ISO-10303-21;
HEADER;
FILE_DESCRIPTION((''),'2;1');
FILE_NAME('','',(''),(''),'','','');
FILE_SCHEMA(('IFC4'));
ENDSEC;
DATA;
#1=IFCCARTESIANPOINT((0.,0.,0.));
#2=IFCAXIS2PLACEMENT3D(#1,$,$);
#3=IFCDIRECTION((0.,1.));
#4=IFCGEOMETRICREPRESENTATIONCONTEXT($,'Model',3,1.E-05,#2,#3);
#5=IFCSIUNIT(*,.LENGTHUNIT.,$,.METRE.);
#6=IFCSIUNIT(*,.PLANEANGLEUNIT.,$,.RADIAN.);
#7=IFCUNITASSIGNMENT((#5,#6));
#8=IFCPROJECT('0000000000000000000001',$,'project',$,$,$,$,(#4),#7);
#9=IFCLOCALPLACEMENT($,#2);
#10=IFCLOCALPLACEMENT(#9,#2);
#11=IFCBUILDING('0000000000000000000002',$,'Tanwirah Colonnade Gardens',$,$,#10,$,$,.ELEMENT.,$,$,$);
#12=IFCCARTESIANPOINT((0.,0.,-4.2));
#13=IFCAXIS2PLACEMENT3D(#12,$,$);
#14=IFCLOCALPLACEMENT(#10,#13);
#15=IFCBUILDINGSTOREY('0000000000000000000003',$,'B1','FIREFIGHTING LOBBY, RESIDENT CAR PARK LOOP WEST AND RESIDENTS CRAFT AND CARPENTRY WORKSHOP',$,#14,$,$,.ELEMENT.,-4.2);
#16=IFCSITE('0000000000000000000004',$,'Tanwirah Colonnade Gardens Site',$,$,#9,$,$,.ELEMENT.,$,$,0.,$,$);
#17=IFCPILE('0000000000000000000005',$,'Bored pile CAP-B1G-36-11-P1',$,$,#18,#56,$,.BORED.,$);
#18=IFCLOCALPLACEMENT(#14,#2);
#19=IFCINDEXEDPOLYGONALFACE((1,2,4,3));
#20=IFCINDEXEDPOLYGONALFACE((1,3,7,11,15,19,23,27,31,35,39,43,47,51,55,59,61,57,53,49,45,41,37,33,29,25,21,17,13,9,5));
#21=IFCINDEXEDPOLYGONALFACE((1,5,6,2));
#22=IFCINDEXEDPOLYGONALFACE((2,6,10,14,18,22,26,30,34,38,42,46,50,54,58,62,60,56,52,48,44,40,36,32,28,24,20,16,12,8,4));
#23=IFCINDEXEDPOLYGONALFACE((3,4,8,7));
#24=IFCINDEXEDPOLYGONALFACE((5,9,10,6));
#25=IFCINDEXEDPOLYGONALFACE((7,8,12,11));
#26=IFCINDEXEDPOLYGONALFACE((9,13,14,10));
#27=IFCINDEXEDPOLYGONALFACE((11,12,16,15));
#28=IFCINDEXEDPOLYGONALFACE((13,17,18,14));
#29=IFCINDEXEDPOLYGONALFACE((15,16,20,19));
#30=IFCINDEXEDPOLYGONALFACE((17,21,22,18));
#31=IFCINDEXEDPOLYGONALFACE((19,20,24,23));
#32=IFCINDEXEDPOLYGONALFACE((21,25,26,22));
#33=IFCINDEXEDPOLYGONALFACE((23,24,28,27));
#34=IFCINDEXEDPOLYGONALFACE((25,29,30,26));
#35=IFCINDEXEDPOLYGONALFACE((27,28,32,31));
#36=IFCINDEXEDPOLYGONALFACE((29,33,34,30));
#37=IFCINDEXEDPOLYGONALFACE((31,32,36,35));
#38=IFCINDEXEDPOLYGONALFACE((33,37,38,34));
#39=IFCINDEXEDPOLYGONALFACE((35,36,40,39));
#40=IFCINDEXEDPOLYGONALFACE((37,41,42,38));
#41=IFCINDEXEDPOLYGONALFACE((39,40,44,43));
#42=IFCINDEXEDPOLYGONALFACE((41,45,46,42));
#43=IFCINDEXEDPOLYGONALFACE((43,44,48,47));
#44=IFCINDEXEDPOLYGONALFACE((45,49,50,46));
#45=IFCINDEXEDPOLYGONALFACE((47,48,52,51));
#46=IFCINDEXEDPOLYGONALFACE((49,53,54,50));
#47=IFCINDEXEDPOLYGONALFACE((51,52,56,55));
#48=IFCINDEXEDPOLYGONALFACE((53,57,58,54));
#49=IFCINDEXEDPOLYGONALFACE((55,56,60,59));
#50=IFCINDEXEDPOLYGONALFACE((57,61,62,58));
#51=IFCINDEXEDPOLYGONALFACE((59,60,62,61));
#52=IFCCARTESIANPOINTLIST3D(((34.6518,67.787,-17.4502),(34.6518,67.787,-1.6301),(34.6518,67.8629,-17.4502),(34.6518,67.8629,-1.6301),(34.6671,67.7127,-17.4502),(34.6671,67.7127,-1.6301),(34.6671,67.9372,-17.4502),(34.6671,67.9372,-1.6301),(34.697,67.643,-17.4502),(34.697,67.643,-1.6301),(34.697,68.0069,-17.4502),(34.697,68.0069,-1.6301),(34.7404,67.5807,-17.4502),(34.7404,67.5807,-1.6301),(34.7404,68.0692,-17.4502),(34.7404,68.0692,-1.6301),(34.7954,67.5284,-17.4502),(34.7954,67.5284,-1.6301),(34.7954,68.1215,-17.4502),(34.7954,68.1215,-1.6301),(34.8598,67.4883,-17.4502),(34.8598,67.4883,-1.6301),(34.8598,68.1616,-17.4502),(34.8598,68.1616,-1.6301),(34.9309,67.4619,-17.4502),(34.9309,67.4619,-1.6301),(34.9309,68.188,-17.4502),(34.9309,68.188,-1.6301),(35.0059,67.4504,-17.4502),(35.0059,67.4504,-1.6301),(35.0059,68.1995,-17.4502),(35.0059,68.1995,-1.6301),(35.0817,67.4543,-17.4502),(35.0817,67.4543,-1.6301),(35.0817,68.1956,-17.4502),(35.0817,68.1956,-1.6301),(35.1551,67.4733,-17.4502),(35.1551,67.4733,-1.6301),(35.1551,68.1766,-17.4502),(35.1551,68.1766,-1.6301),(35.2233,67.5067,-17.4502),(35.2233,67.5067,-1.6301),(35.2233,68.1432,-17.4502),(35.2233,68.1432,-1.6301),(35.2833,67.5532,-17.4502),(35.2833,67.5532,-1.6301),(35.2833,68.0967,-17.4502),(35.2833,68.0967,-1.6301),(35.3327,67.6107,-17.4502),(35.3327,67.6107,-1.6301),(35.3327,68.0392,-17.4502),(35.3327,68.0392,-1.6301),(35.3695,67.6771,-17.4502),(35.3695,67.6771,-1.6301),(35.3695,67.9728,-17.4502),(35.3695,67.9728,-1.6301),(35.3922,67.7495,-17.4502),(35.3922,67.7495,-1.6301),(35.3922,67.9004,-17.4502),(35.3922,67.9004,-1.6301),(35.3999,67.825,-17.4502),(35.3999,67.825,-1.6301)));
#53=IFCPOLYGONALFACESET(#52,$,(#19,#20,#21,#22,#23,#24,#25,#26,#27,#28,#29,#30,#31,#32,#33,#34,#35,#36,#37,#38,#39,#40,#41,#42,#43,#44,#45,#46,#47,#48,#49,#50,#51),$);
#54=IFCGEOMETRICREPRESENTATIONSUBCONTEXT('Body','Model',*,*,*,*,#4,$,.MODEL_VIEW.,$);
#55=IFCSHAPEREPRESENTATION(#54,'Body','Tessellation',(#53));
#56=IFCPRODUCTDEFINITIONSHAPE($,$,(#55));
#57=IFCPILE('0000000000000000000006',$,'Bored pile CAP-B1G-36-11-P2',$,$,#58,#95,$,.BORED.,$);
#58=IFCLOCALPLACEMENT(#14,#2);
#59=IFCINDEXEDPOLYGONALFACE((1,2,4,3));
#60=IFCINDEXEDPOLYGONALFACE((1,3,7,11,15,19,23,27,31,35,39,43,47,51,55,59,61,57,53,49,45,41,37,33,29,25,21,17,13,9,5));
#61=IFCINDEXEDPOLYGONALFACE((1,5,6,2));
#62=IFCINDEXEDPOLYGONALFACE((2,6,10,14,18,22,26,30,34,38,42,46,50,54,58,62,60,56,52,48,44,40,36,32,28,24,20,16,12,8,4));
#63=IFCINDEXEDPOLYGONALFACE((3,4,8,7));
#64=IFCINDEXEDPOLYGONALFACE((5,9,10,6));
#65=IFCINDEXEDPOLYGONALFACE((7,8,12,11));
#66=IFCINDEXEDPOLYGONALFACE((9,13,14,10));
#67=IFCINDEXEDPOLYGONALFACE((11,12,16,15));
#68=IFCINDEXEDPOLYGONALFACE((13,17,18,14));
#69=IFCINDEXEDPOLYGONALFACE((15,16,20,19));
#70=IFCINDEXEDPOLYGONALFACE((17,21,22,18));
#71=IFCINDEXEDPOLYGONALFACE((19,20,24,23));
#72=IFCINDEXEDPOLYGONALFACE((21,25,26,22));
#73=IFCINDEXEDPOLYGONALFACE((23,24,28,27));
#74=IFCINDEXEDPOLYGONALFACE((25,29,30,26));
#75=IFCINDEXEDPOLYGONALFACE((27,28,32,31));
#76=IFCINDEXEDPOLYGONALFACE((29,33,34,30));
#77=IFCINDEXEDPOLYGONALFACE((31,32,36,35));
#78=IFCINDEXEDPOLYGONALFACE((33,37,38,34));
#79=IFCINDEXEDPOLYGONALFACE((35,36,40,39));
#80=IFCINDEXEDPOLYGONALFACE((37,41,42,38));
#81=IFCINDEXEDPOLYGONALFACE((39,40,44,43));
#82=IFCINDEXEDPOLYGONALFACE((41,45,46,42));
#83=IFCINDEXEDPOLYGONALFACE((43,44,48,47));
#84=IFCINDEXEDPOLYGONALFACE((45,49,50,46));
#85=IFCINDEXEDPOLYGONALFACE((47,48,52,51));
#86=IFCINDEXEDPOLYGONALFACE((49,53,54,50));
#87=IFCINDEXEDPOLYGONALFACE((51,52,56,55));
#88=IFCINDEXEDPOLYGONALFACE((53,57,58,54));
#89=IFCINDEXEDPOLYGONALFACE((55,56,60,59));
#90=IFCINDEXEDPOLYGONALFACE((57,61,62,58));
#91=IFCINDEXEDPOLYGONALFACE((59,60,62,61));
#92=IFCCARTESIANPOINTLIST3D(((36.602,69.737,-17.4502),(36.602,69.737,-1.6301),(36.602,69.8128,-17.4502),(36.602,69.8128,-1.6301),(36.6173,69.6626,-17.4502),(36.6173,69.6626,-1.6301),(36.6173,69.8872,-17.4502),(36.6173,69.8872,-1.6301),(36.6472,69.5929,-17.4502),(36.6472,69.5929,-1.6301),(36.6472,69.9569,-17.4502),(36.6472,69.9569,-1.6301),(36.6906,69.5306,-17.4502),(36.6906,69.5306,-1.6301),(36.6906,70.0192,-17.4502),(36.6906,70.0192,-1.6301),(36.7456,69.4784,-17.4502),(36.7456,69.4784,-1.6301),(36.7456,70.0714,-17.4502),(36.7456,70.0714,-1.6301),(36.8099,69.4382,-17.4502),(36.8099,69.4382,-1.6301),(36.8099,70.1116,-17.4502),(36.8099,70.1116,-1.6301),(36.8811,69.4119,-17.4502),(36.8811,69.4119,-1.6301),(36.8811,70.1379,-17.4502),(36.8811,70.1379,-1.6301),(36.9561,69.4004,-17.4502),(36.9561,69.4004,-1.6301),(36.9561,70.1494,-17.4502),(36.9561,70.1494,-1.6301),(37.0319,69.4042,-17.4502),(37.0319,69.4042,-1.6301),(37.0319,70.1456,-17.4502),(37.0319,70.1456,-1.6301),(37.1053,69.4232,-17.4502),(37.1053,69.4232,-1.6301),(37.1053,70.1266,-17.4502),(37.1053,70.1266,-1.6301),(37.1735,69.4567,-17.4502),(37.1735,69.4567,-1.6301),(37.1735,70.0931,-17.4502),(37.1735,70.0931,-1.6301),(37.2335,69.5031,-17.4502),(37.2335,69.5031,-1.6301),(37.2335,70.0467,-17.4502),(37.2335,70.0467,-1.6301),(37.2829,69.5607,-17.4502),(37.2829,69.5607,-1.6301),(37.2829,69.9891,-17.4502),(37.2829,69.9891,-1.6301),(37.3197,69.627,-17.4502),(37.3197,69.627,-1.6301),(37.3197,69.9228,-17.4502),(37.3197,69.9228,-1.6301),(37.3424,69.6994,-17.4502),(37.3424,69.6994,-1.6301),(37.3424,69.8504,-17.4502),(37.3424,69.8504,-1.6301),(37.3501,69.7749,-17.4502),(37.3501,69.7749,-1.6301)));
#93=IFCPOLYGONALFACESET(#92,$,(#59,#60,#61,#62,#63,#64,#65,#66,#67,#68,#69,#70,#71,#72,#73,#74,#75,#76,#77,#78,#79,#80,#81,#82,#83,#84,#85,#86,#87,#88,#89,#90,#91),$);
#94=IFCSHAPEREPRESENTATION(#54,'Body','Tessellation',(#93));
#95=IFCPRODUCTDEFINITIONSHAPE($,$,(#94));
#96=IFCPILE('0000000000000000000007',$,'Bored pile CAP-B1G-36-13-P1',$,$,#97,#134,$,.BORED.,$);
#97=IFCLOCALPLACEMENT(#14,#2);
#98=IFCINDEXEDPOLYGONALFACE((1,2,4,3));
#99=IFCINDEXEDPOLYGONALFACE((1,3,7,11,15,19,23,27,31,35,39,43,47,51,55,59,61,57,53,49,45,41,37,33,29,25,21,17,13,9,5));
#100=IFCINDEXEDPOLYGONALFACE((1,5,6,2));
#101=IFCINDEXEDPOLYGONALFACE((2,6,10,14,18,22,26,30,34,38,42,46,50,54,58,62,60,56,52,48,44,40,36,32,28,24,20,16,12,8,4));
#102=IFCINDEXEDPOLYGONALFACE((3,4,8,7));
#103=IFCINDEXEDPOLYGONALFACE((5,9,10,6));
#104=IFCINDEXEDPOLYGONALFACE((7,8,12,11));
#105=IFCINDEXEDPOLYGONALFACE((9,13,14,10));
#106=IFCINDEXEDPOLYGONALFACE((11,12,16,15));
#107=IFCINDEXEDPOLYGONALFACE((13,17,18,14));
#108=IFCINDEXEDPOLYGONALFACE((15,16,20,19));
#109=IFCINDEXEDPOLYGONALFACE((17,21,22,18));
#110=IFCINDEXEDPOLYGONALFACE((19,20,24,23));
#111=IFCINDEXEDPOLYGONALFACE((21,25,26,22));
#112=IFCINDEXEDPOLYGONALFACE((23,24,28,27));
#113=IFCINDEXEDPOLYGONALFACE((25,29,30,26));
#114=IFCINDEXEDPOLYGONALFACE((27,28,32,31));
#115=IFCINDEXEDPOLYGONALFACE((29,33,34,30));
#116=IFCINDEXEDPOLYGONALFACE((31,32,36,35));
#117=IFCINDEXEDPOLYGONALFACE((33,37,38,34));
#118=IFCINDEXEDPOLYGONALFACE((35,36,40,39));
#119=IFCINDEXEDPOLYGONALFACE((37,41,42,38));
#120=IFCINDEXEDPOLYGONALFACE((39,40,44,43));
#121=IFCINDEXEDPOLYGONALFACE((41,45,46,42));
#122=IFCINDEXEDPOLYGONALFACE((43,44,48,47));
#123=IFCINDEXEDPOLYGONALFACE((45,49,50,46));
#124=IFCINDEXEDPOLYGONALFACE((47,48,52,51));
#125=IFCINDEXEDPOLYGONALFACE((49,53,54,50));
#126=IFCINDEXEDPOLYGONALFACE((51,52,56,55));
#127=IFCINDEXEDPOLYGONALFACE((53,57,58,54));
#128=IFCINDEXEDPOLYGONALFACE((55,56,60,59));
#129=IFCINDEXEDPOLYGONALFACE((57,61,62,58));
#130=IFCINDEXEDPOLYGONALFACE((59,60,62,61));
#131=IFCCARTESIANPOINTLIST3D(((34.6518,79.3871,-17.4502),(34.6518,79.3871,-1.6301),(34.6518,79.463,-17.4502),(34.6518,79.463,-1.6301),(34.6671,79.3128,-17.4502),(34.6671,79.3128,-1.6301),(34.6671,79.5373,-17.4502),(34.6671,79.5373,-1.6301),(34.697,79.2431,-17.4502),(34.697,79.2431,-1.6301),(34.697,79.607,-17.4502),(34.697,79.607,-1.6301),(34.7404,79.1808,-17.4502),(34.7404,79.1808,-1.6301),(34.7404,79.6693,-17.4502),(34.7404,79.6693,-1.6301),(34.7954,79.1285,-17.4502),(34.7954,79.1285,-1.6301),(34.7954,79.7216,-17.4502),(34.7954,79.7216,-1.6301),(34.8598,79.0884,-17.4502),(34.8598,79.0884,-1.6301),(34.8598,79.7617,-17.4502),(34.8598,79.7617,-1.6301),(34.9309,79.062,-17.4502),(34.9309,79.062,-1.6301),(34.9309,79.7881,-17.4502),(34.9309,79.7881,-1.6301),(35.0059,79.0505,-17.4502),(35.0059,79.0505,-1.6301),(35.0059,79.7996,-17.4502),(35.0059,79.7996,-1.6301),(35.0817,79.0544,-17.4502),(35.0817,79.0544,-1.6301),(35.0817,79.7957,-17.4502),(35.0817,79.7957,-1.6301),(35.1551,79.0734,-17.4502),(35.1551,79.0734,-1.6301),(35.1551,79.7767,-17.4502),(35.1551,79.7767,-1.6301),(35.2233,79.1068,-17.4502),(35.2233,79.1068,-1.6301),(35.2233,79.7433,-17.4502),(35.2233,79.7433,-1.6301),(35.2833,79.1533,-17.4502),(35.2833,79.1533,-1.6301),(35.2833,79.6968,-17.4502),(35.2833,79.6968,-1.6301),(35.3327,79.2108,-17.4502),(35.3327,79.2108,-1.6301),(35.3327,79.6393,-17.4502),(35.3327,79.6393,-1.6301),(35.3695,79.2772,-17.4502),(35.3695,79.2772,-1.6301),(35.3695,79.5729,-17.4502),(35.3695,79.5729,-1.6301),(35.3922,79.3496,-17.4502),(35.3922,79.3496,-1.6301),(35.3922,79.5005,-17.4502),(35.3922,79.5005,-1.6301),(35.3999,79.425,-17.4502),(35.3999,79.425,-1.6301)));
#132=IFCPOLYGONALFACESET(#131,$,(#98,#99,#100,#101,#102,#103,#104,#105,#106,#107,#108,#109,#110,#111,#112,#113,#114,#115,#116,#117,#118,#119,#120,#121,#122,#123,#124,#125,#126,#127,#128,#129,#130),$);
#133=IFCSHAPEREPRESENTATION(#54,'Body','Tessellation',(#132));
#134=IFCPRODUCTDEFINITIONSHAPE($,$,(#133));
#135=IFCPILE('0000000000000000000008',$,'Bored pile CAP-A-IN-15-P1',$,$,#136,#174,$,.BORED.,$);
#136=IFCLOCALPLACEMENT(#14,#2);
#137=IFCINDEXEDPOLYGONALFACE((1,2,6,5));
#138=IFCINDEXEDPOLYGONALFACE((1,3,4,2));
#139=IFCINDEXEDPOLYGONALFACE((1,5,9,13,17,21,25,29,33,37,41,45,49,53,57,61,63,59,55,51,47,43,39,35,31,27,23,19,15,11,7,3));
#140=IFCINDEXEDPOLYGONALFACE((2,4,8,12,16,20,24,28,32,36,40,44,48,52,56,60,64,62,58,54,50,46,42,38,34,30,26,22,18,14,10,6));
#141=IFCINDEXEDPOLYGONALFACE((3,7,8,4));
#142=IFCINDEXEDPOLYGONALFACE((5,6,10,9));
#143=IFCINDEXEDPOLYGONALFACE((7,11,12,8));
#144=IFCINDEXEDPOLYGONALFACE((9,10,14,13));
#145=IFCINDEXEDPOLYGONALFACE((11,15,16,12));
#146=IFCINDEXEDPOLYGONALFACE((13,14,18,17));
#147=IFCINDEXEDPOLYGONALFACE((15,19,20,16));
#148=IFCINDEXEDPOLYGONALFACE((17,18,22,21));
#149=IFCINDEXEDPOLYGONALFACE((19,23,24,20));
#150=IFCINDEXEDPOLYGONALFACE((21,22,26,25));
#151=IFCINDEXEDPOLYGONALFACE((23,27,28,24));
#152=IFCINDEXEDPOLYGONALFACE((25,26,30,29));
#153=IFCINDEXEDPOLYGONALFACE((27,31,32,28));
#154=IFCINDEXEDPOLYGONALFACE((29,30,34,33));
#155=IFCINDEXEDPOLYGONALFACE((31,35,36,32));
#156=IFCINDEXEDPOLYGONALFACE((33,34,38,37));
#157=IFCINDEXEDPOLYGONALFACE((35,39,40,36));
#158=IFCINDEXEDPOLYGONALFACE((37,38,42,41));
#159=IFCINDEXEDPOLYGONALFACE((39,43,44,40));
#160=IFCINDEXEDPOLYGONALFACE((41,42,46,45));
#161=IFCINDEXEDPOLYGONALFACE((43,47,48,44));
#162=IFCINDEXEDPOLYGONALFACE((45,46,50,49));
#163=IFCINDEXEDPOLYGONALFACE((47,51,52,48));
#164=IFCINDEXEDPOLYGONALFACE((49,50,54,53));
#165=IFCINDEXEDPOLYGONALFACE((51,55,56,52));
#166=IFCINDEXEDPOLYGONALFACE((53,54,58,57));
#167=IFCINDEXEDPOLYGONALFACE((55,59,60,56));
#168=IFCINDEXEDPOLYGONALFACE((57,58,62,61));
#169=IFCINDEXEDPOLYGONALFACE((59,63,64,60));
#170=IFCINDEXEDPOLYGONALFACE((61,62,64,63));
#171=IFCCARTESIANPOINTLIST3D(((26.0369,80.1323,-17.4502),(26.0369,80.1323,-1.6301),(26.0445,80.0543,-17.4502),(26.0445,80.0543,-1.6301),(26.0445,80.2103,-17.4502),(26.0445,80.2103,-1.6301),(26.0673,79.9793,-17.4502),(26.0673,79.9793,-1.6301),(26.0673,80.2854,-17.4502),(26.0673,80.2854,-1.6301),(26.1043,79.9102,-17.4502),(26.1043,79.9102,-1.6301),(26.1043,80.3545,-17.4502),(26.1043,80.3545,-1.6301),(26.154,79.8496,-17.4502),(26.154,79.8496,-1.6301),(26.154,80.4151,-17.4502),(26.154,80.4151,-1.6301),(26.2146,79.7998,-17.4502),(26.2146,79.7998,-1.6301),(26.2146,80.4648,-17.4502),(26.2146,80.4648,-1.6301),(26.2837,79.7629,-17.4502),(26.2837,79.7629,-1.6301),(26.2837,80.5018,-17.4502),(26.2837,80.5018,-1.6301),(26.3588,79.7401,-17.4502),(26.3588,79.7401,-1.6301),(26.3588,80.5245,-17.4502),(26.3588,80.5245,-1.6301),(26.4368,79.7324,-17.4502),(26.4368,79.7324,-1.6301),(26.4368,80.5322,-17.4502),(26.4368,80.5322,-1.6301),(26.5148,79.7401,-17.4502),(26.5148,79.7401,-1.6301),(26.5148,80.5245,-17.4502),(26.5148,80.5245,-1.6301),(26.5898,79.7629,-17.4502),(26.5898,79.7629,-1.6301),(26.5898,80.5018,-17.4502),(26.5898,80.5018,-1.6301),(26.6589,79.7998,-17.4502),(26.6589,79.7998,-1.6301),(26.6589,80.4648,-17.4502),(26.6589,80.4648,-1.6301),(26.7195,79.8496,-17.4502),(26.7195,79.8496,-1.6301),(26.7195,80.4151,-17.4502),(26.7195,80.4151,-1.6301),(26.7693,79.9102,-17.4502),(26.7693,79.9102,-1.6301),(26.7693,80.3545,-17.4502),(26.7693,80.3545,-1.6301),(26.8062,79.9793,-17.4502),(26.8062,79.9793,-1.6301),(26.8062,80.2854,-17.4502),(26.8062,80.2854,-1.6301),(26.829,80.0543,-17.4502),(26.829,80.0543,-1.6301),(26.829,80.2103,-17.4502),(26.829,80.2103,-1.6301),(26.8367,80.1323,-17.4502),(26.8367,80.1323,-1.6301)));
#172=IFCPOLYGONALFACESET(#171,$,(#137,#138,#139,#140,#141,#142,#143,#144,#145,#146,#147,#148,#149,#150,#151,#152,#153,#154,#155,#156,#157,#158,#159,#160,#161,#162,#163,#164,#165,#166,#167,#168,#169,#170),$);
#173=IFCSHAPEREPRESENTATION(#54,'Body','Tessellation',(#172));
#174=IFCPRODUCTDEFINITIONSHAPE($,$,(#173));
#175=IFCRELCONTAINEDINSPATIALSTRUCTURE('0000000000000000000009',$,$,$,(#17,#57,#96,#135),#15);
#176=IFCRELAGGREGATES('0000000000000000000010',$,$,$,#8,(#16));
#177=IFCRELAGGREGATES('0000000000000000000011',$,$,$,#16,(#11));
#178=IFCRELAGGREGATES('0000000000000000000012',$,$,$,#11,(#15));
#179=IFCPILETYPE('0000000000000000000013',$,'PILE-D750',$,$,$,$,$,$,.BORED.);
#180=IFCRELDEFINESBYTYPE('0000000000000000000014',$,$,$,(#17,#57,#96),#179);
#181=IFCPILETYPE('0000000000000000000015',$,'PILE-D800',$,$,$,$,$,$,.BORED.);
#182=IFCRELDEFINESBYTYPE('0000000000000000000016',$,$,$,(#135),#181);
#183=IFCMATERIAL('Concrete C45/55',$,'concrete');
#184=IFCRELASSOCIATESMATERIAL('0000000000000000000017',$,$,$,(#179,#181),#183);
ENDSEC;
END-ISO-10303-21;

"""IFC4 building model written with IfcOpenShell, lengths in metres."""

from ifc_helpers import new_model, si_unit, direction, frame, origin, origin_2d, place, context, subcontext, project, spatial, circle, extrude, material, material_profile, profile_set, type_object, element, save


model = new_model("IFC4")

# Units and contexts
model_context = context("Model", 3, precision=1e-05, world=origin(), true_north=direction((0.0, 1.0)))
body_context = subcontext(model_context, "Body", "Model", "MODEL_VIEW")
ifc_project = project(units=[si_unit("LENGTHUNIT", "METRE"), si_unit("PLANEANGLEUNIT", "RADIAN")], contexts=[model_context])

# Site, building, storey
site_placement = place(None, origin())
site = spatial("IfcSite", under=ifc_project, at=site_placement, Name="Tanwirah Colonnade Gardens Site", CompositionType="ELEMENT", RefElevation=0.0)
building_placement = place(site_placement, origin())
building = spatial("IfcBuilding", under=site, at=building_placement, Name="Tanwirah Colonnade Gardens", CompositionType="ELEMENT")
storey_placement = place(building_placement, frame((0.0, 0.0, -4.2)))
storey = spatial("IfcBuildingStorey", under=building, at=storey_placement, Name="B1", Description="FIREFIGHTING LOBBY, RESIDENT CAR PARK LOOP WEST AND RESIDENTS CRAFT AND CARPENTRY WORKSHOP", CompositionType="ELEMENT", Elevation=-4.2)

# Shared definitions
ifc_material_1 = material(Name="Concrete C45/55", Category="concrete")

# Piles
ifc_material_profile_1 = material_profile(ifc_material_1, circle(Radius=0.375, at=origin_2d()), Name="PILE D750")
ifc_profile_set_1 = profile_set([ifc_material_profile_1], Name="Concrete C45/55")
pile_type_1 = type_object("IfcPileType", Name="PILE-D750", PredefinedType="BORED", material=ifc_profile_set_1)
for number, where, z_axis, x_axis, name in (
    (1, (35.0249, 67.825, -1.6301), (0.0, 0.0, -1.0), (1.0, 0.0, 0.0), "Bored pile CAP-B1G-36-11-P1"),
    (2, (36.9751, 69.7749, -1.6301), (0.0, 0.0, -1.0), (1.0, 0.0, 0.0), "Bored pile CAP-B1G-36-11-P2"),
    (3, (35.0249, 79.425, -1.6301), (0.0, 0.0, -1.0), (1.0, 0.0, 0.0), "Bored pile CAP-B1G-36-13-P1"),
):
    element("IfcPile", number, at=place(storey_placement, frame(where, z_axis=z_axis, x_axis=x_axis)), inside=storey, type_object=pile_type_1, Name=name, PredefinedType="BORED", context=body_context, shape_type="SweptSolid", body=[
        extrude(circle(Radius=0.375, at=origin_2d()), origin(), (0.0, 0.0, 1.0), 15.8201),
    ])
ifc_material_profile_2 = material_profile(ifc_material_1, circle(Radius=0.3999, at=origin_2d()), Name="PILE D800")
ifc_profile_set_2 = profile_set([ifc_material_profile_2], Name="Concrete C45/55")
pile_type_2 = type_object("IfcPileType", Name="PILE-D800", PredefinedType="BORED", material=ifc_profile_set_2)
for number, where, z_axis, x_axis, name in (
    (4, (26.4368, 80.1323, -1.6301), (0.0, 0.0, -1.0), (1.0, 0.0, 0.0), "Bored pile CAP-A-IN-15-P1"),
):
    element("IfcPile", number, at=place(storey_placement, frame(where, z_axis=z_axis, x_axis=x_axis)), inside=storey, type_object=pile_type_2, Name=name, PredefinedType="BORED", context=body_context, shape_type="SweptSolid", body=[
        extrude(circle(Radius=0.3999, at=origin_2d()), origin(), (0.0, 0.0, 1.0), 15.8201),
    ])

save(model, "model.ifc")
